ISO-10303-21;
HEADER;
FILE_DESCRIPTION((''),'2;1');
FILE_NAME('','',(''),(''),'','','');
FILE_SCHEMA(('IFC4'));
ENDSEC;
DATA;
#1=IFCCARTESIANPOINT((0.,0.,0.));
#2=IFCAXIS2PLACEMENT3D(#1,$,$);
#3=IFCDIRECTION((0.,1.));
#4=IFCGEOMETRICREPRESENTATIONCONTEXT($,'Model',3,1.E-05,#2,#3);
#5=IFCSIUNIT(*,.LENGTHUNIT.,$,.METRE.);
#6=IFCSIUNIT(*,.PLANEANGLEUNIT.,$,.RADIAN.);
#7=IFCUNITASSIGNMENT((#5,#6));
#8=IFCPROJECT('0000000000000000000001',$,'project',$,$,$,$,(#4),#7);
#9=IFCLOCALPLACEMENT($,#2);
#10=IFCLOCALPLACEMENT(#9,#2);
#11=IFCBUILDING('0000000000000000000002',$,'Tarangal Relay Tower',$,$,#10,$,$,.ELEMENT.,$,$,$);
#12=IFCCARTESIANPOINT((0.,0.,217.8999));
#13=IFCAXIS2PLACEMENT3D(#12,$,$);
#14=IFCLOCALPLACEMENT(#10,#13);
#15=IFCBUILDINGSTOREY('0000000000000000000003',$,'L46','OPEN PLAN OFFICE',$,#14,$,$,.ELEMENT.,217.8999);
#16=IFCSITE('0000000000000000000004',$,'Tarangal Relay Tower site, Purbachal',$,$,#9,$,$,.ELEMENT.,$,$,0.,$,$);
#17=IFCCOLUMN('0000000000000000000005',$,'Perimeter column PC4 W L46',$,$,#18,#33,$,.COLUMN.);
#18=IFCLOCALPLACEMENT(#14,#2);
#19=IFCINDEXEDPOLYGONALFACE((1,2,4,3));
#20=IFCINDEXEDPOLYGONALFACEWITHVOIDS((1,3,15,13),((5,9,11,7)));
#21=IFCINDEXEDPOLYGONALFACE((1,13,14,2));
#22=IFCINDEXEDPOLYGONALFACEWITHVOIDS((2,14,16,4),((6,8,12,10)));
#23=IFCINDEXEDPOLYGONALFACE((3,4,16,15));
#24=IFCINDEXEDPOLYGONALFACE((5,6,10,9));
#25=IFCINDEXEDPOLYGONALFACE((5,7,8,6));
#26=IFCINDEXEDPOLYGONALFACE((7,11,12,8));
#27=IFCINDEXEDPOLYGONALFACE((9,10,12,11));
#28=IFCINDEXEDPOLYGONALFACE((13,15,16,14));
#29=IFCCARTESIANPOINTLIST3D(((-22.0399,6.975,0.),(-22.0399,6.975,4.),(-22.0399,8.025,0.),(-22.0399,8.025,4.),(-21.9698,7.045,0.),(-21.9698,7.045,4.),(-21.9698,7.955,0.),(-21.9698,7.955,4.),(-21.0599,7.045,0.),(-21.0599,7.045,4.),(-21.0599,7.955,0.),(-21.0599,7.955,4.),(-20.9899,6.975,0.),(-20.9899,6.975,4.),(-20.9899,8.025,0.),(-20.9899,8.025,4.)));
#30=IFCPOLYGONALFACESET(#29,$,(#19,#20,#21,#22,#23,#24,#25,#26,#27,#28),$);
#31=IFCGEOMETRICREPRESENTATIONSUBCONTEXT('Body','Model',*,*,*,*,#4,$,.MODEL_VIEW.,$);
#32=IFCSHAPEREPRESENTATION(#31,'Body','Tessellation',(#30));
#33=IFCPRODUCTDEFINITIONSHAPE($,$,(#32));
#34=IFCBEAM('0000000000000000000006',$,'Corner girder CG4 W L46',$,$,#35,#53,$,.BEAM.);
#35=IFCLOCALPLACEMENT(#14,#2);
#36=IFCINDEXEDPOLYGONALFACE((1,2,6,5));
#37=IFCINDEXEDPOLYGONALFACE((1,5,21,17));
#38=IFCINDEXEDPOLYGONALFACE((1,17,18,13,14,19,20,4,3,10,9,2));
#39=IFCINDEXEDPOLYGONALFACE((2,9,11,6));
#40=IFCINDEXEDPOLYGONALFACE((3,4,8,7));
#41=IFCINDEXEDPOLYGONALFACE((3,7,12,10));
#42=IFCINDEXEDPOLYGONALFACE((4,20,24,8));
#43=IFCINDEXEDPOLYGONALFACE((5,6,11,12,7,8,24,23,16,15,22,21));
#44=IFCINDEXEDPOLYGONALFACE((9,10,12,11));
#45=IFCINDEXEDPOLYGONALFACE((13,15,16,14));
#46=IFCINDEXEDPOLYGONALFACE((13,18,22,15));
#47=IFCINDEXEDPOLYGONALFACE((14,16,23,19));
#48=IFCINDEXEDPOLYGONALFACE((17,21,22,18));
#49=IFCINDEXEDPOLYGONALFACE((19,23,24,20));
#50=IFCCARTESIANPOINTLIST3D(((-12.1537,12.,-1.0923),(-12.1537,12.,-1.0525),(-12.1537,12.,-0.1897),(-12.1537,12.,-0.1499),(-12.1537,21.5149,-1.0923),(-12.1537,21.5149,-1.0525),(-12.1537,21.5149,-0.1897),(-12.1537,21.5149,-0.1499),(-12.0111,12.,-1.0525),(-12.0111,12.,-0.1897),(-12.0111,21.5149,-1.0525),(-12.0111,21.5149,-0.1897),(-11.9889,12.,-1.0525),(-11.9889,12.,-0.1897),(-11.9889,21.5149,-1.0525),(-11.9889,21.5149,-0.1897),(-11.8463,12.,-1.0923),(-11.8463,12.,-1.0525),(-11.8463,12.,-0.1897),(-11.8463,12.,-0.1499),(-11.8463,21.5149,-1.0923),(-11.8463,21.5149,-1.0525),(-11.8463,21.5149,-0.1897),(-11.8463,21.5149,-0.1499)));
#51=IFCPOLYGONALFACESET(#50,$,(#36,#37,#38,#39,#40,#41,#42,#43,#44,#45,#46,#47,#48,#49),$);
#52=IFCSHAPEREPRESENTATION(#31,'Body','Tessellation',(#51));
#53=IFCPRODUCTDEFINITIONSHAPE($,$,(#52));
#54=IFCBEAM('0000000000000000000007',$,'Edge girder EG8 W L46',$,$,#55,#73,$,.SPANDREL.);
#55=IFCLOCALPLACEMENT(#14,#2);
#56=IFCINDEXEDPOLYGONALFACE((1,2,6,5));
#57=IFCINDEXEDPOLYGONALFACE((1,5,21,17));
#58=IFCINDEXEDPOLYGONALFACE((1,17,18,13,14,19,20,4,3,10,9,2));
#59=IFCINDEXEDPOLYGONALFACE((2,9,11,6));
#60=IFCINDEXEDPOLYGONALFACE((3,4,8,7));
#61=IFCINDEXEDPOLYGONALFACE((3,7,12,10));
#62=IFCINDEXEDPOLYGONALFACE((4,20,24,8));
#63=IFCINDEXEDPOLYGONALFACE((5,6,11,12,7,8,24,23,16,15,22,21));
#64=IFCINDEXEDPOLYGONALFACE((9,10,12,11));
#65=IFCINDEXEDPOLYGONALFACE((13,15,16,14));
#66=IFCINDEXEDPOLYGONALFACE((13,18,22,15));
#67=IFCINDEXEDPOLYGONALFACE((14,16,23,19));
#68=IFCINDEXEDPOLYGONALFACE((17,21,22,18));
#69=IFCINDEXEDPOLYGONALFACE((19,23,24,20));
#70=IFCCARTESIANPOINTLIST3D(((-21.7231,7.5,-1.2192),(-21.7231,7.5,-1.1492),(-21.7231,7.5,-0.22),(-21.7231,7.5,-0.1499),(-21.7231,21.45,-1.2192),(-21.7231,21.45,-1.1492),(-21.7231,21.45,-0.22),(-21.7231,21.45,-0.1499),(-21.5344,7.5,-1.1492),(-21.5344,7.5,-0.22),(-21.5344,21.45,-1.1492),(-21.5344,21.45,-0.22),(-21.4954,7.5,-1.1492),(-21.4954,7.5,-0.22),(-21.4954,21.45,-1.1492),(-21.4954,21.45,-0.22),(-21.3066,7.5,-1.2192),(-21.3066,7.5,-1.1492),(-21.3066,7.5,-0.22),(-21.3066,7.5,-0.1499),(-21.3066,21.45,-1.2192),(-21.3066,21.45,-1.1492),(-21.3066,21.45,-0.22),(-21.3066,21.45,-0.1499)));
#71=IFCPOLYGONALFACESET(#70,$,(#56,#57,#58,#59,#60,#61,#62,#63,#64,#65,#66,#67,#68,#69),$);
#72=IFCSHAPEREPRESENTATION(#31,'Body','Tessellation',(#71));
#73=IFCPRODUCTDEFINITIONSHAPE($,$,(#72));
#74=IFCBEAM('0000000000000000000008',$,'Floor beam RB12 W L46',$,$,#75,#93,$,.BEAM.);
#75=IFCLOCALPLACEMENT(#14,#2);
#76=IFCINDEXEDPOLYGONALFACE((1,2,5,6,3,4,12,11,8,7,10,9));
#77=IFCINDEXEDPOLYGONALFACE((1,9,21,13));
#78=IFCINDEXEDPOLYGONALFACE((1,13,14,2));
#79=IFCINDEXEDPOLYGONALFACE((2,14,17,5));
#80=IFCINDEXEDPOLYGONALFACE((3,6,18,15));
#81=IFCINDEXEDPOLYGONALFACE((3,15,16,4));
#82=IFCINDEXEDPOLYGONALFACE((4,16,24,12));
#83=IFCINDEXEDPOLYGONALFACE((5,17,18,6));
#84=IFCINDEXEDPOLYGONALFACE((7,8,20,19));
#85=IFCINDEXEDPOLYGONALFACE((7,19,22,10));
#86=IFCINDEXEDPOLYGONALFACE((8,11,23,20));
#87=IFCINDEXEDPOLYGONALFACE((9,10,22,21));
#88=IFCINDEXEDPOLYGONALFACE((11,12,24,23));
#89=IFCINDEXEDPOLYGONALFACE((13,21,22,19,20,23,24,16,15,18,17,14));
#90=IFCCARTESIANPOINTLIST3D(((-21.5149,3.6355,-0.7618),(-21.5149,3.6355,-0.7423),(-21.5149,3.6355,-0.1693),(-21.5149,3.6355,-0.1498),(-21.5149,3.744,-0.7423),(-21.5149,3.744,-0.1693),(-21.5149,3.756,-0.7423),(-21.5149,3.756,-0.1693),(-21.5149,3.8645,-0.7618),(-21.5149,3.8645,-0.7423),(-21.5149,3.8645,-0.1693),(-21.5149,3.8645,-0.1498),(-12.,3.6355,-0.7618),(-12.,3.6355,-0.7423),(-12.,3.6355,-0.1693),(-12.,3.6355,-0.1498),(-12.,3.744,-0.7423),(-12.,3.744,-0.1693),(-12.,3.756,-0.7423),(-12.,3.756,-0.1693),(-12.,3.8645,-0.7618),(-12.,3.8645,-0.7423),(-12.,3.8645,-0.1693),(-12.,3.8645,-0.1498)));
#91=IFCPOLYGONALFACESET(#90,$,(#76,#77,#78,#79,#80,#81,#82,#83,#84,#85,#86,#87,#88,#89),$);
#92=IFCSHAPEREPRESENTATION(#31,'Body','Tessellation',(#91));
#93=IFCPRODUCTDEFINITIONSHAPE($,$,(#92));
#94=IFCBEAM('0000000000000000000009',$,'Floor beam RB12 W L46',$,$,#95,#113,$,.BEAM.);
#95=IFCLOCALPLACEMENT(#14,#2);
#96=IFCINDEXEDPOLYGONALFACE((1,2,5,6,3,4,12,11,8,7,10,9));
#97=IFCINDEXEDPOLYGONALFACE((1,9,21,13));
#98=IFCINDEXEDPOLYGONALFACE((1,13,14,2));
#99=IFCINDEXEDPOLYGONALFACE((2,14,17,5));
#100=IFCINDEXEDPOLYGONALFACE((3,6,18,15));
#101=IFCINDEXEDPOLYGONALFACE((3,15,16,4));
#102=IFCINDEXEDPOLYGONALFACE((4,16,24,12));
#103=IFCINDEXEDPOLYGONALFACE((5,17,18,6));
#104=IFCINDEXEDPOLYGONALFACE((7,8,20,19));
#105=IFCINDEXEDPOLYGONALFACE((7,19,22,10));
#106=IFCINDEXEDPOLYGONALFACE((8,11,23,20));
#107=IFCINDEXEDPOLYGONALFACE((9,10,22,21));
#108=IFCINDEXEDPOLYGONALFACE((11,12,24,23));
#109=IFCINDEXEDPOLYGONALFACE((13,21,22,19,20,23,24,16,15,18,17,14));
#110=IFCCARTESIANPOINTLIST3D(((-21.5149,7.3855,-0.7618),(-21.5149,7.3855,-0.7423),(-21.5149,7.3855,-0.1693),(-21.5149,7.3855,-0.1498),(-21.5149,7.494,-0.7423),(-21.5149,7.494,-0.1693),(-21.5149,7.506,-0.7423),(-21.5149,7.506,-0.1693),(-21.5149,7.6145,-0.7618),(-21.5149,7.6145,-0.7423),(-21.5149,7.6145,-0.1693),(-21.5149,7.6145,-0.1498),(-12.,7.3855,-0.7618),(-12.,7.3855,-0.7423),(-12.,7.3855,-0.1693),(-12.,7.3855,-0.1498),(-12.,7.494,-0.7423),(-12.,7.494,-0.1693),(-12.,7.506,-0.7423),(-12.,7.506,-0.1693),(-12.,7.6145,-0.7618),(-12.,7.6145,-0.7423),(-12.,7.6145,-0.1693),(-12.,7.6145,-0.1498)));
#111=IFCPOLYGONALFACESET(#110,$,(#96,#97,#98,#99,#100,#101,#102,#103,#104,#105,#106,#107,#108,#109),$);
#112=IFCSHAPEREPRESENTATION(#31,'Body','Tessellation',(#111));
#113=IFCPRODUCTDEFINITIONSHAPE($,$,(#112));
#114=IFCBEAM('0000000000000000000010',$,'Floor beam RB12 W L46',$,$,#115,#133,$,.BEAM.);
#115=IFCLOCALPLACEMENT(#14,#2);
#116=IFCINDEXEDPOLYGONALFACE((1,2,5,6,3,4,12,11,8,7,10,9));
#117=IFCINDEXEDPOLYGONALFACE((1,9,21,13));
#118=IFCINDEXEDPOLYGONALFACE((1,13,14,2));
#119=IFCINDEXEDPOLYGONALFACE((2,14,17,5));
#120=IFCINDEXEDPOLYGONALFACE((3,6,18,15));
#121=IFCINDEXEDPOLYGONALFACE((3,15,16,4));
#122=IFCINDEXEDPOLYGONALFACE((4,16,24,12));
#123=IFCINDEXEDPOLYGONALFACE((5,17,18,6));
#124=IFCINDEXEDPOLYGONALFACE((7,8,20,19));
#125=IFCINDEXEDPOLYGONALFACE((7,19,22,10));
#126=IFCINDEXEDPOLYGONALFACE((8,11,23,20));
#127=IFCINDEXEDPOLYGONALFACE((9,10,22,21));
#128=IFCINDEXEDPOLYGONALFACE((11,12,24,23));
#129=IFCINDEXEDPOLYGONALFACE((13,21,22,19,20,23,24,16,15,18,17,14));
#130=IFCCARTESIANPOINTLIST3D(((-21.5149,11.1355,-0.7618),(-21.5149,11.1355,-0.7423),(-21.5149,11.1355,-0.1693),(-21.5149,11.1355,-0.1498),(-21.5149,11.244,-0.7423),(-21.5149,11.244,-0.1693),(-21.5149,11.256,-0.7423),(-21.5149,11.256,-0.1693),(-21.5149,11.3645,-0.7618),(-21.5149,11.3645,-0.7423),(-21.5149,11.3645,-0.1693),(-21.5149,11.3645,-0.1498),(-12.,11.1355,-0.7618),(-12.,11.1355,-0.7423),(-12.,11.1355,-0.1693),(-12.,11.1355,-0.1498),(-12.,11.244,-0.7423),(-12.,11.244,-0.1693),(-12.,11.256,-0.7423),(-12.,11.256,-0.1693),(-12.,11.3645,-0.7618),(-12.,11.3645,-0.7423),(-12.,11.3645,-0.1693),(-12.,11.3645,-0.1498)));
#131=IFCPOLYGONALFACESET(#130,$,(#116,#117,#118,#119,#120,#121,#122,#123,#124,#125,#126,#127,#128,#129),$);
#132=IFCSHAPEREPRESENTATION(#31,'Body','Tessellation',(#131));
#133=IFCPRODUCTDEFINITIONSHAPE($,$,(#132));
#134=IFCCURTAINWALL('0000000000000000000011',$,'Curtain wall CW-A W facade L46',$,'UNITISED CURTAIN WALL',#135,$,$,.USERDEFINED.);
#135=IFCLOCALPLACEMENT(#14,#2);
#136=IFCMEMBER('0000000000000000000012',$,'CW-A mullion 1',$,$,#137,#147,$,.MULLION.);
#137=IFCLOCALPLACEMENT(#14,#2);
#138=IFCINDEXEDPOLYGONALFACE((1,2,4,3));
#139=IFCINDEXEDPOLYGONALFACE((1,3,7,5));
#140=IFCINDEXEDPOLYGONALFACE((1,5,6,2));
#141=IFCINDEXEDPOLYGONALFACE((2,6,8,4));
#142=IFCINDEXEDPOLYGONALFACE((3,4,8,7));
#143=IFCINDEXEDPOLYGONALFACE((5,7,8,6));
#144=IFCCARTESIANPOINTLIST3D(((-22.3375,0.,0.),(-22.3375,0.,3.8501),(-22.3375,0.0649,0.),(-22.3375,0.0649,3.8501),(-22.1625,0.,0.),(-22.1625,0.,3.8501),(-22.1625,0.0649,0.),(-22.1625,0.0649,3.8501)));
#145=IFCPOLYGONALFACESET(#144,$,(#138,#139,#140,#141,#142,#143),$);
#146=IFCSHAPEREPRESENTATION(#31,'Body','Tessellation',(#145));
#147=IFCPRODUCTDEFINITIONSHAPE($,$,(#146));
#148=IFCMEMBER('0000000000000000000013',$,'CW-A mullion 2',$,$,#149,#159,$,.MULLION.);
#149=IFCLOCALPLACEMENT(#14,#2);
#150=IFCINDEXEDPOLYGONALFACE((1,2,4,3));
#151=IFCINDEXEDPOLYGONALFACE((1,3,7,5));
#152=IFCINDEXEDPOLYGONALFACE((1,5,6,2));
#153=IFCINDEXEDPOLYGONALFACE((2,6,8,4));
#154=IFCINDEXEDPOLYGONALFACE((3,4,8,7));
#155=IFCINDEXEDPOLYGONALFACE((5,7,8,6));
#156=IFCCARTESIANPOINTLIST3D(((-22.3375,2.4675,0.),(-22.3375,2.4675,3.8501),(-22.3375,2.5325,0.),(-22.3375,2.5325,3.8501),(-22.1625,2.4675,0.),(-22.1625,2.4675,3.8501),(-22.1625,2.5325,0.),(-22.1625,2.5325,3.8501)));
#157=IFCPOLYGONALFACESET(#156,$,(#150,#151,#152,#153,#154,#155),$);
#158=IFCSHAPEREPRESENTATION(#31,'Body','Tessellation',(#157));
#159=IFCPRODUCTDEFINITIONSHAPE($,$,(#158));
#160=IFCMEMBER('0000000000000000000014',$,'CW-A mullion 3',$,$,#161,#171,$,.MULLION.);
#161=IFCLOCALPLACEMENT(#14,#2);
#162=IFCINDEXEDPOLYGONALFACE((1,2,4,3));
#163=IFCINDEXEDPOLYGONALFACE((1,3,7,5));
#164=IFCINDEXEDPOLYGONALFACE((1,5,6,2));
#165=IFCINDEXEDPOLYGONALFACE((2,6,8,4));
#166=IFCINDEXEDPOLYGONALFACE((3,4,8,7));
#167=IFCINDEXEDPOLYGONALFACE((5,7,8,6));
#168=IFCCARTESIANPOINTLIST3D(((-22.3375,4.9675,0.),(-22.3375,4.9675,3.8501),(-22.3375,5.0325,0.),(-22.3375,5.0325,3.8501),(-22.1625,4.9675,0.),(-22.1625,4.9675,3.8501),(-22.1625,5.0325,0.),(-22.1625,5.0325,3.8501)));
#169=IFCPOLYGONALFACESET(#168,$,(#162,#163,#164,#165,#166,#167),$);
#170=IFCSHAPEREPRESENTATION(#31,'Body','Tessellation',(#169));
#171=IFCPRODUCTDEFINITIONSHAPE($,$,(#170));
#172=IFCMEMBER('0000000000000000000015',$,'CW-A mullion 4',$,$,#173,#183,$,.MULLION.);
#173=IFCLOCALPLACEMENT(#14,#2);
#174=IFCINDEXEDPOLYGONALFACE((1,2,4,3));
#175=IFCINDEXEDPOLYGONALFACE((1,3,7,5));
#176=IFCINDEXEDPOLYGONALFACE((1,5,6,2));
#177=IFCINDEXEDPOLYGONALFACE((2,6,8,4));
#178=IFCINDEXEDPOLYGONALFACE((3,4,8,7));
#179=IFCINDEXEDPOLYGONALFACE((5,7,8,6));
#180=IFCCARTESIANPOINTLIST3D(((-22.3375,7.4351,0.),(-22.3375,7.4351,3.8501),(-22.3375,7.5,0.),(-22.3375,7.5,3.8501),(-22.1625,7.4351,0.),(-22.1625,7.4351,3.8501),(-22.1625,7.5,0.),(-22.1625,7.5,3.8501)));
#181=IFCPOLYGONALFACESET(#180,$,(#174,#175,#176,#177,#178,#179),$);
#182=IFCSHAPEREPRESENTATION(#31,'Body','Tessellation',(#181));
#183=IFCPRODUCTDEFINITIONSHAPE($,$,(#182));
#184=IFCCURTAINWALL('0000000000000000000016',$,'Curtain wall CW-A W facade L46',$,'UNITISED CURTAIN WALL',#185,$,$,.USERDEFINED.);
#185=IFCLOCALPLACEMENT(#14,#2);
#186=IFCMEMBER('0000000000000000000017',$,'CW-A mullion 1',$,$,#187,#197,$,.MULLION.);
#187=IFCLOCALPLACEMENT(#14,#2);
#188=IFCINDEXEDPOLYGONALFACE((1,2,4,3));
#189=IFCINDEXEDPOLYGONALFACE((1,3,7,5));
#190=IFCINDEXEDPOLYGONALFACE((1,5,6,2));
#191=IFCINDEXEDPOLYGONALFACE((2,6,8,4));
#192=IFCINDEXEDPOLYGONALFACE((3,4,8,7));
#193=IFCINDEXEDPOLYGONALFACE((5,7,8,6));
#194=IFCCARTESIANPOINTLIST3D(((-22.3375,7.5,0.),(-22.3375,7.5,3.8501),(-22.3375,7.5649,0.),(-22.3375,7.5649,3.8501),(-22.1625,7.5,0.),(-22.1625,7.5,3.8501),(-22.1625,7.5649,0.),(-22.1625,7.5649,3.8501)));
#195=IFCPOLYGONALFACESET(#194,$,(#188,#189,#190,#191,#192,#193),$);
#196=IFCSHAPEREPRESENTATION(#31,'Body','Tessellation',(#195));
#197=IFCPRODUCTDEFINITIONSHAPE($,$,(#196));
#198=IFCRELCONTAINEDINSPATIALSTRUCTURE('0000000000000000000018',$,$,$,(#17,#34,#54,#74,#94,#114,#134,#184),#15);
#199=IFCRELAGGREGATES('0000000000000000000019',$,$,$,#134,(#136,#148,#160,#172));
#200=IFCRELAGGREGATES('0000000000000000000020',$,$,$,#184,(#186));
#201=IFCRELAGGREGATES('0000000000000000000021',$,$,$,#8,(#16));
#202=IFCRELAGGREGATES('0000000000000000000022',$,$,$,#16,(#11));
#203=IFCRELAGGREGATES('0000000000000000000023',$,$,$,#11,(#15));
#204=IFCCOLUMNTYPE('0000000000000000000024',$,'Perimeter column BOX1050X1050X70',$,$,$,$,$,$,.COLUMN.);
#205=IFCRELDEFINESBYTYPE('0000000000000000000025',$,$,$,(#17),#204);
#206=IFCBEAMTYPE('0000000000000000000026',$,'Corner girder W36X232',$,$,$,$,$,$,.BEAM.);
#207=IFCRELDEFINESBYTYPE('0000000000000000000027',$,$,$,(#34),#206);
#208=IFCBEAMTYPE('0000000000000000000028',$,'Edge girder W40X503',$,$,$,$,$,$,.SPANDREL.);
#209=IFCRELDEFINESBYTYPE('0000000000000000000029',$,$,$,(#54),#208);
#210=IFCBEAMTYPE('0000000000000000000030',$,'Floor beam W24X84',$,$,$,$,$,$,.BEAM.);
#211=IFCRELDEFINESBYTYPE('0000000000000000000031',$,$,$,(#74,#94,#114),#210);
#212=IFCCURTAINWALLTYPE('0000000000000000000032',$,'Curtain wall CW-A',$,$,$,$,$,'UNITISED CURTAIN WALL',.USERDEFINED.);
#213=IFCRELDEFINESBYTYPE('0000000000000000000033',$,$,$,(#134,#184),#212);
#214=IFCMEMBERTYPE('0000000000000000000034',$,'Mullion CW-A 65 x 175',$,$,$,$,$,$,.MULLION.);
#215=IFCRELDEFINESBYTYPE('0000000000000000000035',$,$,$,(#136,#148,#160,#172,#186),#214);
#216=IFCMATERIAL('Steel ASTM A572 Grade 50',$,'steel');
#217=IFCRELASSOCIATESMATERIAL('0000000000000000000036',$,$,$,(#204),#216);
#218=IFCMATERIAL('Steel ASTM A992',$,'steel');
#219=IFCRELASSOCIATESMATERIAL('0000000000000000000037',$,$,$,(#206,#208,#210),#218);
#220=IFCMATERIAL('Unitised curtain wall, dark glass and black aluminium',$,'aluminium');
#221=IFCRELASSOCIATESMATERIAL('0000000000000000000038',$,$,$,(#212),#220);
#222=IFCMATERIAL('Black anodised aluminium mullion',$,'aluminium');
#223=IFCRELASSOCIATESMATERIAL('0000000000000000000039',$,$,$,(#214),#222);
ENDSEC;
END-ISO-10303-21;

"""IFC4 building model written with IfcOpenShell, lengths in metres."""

from ifc_helpers import new_model, si_unit, direction, frame, origin, origin_2d, place, context, subcontext, project, spatial, rectangle, hollow_rectangle, i_section, extrude, material, material_profile, profile_set, type_object, element, aggregate, save


model = new_model("IFC4")

# Units and contexts
model_context = context("Model", 3, precision=1e-05, world=origin(), true_north=direction((0.0, 1.0)))
body_context = subcontext(model_context, "Body", "Model", "MODEL_VIEW")
ifc_project = project(units=[si_unit("LENGTHUNIT", "METRE"), si_unit("PLANEANGLEUNIT", "RADIAN")], contexts=[model_context])

# Site, building, storey
site_placement = place(None, origin())
site = spatial("IfcSite", under=ifc_project, at=site_placement, Name="Tarangal Relay Tower site, Purbachal", CompositionType="ELEMENT", RefElevation=0.0)
building_placement = place(site_placement, origin())
building = spatial("IfcBuilding", under=site, at=building_placement, Name="Tarangal Relay Tower", CompositionType="ELEMENT")
storey_placement = place(building_placement, frame((0.0, 0.0, 217.8999)))
storey = spatial("IfcBuildingStorey", under=building, at=storey_placement, Name="L46", Description="OPEN PLAN OFFICE", CompositionType="ELEMENT", Elevation=217.8999)

# Column
ifc_material_1 = material(Name="Steel ASTM A572 Grade 50", Category="steel")
ifc_material_profile_1 = material_profile(ifc_material_1, hollow_rectangle(XDim=1.05, YDim=1.05, WallThickness=0.0701, at=origin_2d()), Name="BOX1050X1050X70")
ifc_profile_set_1 = profile_set([ifc_material_profile_1], Name="Steel ASTM A572 Grade 50")
column_type = type_object("IfcColumnType", Name="Perimeter column BOX1050X1050X70", PredefinedType="COLUMN", material=ifc_profile_set_1)
column_placement = place(storey_placement, frame((-21.5149, 7.5, 0.0), z_axis=(0.0, 0.0, 1.0), x_axis=(1.0, 0.0, 0.0)))
element("IfcColumn", 1, at=column_placement, inside=storey, type_object=column_type, Name="Perimeter column PC4 W L46", PredefinedType="COLUMN", context=body_context, shape_type="SweptSolid", body=[
    extrude(hollow_rectangle(XDim=1.05, YDim=1.05, WallThickness=0.0701, at=origin_2d()), origin(), (0.0, 0.0, 1.0), 4.0),
])

# Beams
ifc_material_2 = material(Name="Steel ASTM A992", Category="steel")
ifc_material_profile_2 = material_profile(ifc_material_2, i_section(OverallWidth=0.3074, OverallDepth=0.9424, WebThickness=0.0222, FlangeThickness=0.0398, at=origin_2d()), Name="W36X232")
ifc_profile_set_2 = profile_set([ifc_material_profile_2], Name="Steel ASTM A992")
beam_type_1 = type_object("IfcBeamType", Name="Corner girder W36X232", PredefinedType="BEAM", material=ifc_profile_set_2)
beam_1_placement = place(storey_placement, frame((-12.0, 12.0, -0.6211), z_axis=(0.0, 1.0, 0.0), x_axis=(-1.0, 0.0, 0.0)))
element("IfcBeam", 2, at=beam_1_placement, inside=storey, type_object=beam_type_1, Name="Corner girder CG4 W L46", PredefinedType="BEAM", context=body_context, shape_type="SweptSolid", body=[
    extrude(i_section(OverallWidth=0.3074, OverallDepth=0.9424, WebThickness=0.0222, FlangeThickness=0.0398, at=origin_2d()), origin(), (0.0, 0.0, 1.0), 9.5149),
])
ifc_material_profile_3 = material_profile(ifc_material_2, i_section(OverallWidth=0.4165, OverallDepth=1.0693, WebThickness=0.0391, FlangeThickness=0.0701, at=origin_2d()), Name="W40X503")
ifc_profile_set_3 = profile_set([ifc_material_profile_3], Name="Steel ASTM A992")
beam_type_2 = type_object("IfcBeamType", Name="Edge girder W40X503", PredefinedType="SPANDREL", material=ifc_profile_set_3)
beam_2_placement = place(storey_placement, frame((-21.5149, 7.5, -0.6846), z_axis=(0.0, 1.0, 0.0), x_axis=(-1.0, 0.0, 0.0)))
element("IfcBeam", 3, at=beam_2_placement, inside=storey, type_object=beam_type_2, Name="Edge girder EG8 W L46", PredefinedType="SPANDREL", context=body_context, shape_type="SweptSolid", body=[
    extrude(i_section(OverallWidth=0.4165, OverallDepth=1.0693, WebThickness=0.0391, FlangeThickness=0.0701, at=origin_2d()), origin(), (0.0, 0.0, 1.0), 13.95),
])
ifc_material_profile_4 = material_profile(ifc_material_2, i_section(OverallWidth=0.229, OverallDepth=0.6121, WebThickness=0.012, FlangeThickness=0.0195, at=origin_2d()), Name="W24X84")
ifc_profile_set_4 = profile_set([ifc_material_profile_4], Name="Steel ASTM A992")
beam_type_3 = type_object("IfcBeamType", Name="Floor beam W24X84", PredefinedType="BEAM", material=ifc_profile_set_4)
for number, where, z_axis, x_axis, name in (
    (4, (-12.0, 3.75, -0.4558), (-1.0, 0.0, 0.0), (0.0, -1.0, 0.0), "Floor beam RB12 W L46"),
    (5, (-12.0, 7.5, -0.4558), (-1.0, 0.0, 0.0), (0.0, -1.0, 0.0), "Floor beam RB12 W L46"),
    (6, (-12.0, 11.25, -0.4558), (-1.0, 0.0, 0.0), (0.0, -1.0, 0.0), "Floor beam RB12 W L46"),
):
    element("IfcBeam", number, at=place(storey_placement, frame(where, z_axis=z_axis, x_axis=x_axis)), inside=storey, type_object=beam_type_3, Name=name, PredefinedType="BEAM", context=body_context, shape_type="SweptSolid", body=[
        extrude(i_section(OverallWidth=0.229, OverallDepth=0.6121, WebThickness=0.012, FlangeThickness=0.0195, at=origin_2d()), origin(), (0.0, 0.0, 1.0), 9.5149),
    ])

# Curtain walls, members
ifc_material_3 = material(Name="Unitised curtain wall, dark glass and black aluminium", Category="aluminium")
curtain_wall_type = type_object("IfcCurtainWallType", Name="Curtain wall CW-A", ElementType="UNITISED CURTAIN WALL", PredefinedType="USERDEFINED", material=ifc_material_3)
curtain_wall_1_placement = place(storey_placement, origin())
curtain_wall_1 = element("IfcCurtainWall", 7, at=curtain_wall_1_placement, inside=storey, type_object=curtain_wall_type, Name="Curtain wall CW-A W facade L46", ObjectType="UNITISED CURTAIN WALL", PredefinedType="USERDEFINED")
ifc_material_4 = material(Name="Black anodised aluminium mullion", Category="aluminium")
ifc_material_profile_5 = material_profile(ifc_material_4, rectangle(XDim=0.175, YDim=0.0649, at=origin_2d()), Name="CW-AM 65X175")
ifc_profile_set_5 = profile_set([ifc_material_profile_5], Name="Black anodised aluminium mullion")
member_type_1 = type_object("IfcMemberType", Name="Mullion CW-A 65 x 175", PredefinedType="MULLION", material=ifc_profile_set_5)
member_1_placement = place(storey_placement, frame((-22.25, 0.0325, 0.0), z_axis=(0.0, 0.0, 1.0), x_axis=(-1.0, 0.0, 0.0)))
member_1 = element("IfcMember", 8, at=member_1_placement, type_object=member_type_1, Name="CW-A mullion 1", PredefinedType="MULLION", context=body_context, shape_type="SweptSolid", body=[
    extrude(rectangle(XDim=0.175, YDim=0.0649, at=origin_2d()), origin(), (0.0, 0.0, 1.0), 3.8501),
])
member_2_placement = place(storey_placement, frame((-22.25, 2.5, 0.0), z_axis=(0.0, 0.0, 1.0), x_axis=(-1.0, 0.0, 0.0)))
member_2 = element("IfcMember", 9, at=member_2_placement, type_object=member_type_1, Name="CW-A mullion 2", PredefinedType="MULLION", context=body_context, shape_type="SweptSolid", body=[
    extrude(rectangle(XDim=0.175, YDim=0.0649, at=origin_2d()), origin(), (0.0, 0.0, 1.0), 3.8501),
])
member_3_placement = place(storey_placement, frame((-22.25, 5.0, 0.0), z_axis=(0.0, 0.0, 1.0), x_axis=(-1.0, 0.0, 0.0)))
member_3 = element("IfcMember", 10, at=member_3_placement, type_object=member_type_1, Name="CW-A mullion 3", PredefinedType="MULLION", context=body_context, shape_type="SweptSolid", body=[
    extrude(rectangle(XDim=0.175, YDim=0.0649, at=origin_2d()), origin(), (0.0, 0.0, 1.0), 3.8501),
])
member_4_placement = place(storey_placement, frame((-22.25, 7.4675, 0.0), z_axis=(0.0, 0.0, 1.0), x_axis=(-1.0, 0.0, 0.0)))
member_4 = element("IfcMember", 11, at=member_4_placement, type_object=member_type_1, Name="CW-A mullion 4", PredefinedType="MULLION", context=body_context, shape_type="SweptSolid", body=[
    extrude(rectangle(XDim=0.175, YDim=0.0649, at=origin_2d()), origin(), (0.0, 0.0, 1.0), 3.8501),
])
curtain_wall_2_placement = place(storey_placement, origin())
curtain_wall_2 = element("IfcCurtainWall", 12, at=curtain_wall_2_placement, inside=storey, type_object=curtain_wall_type, Name="Curtain wall CW-A W facade L46", ObjectType="UNITISED CURTAIN WALL", PredefinedType="USERDEFINED")
member_5_placement = place(storey_placement, frame((-22.25, 7.5325, 0.0), z_axis=(0.0, 0.0, 1.0), x_axis=(-1.0, 0.0, 0.0)))
member_5 = element("IfcMember", 13, at=member_5_placement, type_object=member_type_1, Name="CW-A mullion 1", PredefinedType="MULLION", context=body_context, shape_type="SweptSolid", body=[
    extrude(rectangle(XDim=0.175, YDim=0.0649, at=origin_2d()), origin(), (0.0, 0.0, 1.0), 3.8501),
])

aggregate(curtain_wall_1, [member_1, member_2, member_3, member_4])
aggregate(curtain_wall_2, [member_5])

save(model, "model.ifc")
